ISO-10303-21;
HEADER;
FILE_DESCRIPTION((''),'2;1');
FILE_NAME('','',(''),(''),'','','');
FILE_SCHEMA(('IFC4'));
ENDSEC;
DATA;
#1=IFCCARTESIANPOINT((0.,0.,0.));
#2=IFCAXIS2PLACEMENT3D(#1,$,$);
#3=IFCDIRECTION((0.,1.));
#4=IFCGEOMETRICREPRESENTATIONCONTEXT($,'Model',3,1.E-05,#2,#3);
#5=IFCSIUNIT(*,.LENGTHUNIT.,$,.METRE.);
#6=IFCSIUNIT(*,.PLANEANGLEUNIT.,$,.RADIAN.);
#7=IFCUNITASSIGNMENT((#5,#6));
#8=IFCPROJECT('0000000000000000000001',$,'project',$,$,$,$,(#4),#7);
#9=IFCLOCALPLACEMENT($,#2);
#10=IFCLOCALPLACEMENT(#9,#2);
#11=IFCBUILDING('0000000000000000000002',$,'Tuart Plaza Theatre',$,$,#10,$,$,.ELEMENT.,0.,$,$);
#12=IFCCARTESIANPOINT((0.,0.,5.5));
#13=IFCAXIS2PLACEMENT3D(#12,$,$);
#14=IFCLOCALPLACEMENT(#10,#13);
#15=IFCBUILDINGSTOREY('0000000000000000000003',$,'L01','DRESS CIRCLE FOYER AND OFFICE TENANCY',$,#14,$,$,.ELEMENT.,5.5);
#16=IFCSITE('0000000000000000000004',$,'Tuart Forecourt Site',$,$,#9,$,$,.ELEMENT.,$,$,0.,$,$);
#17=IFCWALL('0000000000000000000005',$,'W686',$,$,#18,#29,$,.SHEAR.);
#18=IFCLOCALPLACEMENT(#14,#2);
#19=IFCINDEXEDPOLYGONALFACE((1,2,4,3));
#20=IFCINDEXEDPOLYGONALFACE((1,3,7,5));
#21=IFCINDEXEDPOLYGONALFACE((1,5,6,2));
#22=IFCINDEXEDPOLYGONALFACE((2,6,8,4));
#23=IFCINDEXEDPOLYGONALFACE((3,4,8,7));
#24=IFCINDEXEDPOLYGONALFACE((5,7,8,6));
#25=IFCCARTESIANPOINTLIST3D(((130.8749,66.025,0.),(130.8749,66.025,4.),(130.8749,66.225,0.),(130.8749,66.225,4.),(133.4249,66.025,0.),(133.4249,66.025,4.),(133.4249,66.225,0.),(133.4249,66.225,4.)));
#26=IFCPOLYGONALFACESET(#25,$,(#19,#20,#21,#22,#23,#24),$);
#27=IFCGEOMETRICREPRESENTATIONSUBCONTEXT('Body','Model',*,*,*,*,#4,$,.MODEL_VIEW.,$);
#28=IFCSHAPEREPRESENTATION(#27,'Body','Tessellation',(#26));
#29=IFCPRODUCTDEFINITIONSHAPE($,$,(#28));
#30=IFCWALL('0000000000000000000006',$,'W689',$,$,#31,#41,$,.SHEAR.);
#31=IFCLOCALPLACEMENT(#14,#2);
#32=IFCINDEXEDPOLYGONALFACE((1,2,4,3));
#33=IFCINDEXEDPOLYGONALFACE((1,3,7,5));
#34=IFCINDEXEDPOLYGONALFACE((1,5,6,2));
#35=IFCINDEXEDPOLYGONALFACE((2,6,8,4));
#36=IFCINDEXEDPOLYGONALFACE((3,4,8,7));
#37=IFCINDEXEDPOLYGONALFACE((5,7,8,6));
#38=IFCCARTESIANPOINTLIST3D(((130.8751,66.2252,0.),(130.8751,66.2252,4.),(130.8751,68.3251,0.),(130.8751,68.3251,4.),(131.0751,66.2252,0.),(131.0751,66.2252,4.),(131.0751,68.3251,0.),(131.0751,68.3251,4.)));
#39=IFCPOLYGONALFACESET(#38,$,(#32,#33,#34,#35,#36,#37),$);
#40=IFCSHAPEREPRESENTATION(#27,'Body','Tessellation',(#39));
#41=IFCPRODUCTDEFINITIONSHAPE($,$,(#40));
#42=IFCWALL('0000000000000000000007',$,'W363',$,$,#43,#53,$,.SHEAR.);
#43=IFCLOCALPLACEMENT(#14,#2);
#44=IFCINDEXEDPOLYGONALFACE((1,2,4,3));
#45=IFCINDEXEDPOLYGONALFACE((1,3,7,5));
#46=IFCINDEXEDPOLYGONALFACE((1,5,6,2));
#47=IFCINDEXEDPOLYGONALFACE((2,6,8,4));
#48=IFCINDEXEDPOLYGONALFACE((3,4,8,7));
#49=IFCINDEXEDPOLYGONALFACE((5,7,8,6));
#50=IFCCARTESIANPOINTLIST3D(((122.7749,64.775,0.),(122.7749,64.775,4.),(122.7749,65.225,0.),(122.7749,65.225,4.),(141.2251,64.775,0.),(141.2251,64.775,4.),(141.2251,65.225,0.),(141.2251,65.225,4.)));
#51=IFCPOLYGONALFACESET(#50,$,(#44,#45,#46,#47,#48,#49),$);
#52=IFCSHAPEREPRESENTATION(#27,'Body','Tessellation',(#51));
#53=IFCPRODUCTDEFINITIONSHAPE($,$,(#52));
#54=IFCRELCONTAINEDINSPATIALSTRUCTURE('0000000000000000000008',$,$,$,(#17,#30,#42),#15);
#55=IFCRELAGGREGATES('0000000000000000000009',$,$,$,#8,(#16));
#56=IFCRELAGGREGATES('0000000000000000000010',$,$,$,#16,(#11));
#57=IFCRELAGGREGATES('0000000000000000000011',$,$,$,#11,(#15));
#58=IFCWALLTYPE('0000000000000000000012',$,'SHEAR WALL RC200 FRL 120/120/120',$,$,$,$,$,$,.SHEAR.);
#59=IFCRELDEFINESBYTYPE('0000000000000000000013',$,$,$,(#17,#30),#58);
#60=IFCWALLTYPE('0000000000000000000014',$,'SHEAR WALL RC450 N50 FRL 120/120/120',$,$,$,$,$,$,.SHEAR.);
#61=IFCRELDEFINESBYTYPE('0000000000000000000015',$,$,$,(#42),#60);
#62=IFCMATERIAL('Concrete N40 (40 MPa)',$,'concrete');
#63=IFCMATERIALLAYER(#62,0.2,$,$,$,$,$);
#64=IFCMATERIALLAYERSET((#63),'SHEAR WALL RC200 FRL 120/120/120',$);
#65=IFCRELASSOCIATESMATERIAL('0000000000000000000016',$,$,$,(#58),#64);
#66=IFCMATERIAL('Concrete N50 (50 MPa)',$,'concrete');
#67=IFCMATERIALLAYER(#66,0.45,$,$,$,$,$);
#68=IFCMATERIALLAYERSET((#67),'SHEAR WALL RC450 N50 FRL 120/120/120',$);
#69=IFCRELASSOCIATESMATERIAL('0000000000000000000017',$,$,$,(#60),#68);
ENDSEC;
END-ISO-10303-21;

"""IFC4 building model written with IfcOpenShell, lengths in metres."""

from ifc_helpers import new_model, si_unit, direction, frame, frame_2d, origin, place, context, subcontext, project, spatial, rectangle, extrude, material, layer, layer_set, type_object, element, save


model = new_model("IFC4")

# Units and contexts
model_context = context("Model", 3, precision=1e-05, world=origin(), true_north=direction((0.0, 1.0)))
body_context = subcontext(model_context, "Body", "Model", "MODEL_VIEW")
ifc_project = project(units=[si_unit("LENGTHUNIT", "METRE"), si_unit("PLANEANGLEUNIT", "RADIAN")], contexts=[model_context])

# Site, building, storey
site_placement = place(None, origin())
site = spatial("IfcSite", under=ifc_project, at=site_placement, Name="Tuart Forecourt Site", CompositionType="ELEMENT", RefElevation=0.0)
building_placement = place(site_placement, origin())
building = spatial("IfcBuilding", under=site, at=building_placement, Name="Tuart Plaza Theatre", CompositionType="ELEMENT", ElevationOfRefHeight=0.0)
storey_placement = place(building_placement, frame((0.0, 0.0, 5.5)))
storey = spatial("IfcBuildingStorey", under=building, at=storey_placement, Name="L01", Description="DRESS CIRCLE FOYER AND OFFICE TENANCY", CompositionType="ELEMENT", Elevation=5.5)

# Shared definitions
ifc_material_1 = material(Name="Concrete N40 (40 MPa)", Category="concrete")
ifc_layer_1 = layer(ifc_material_1, 0.2)
ifc_layer_set_1 = layer_set([ifc_layer_1], Name="SHEAR WALL RC200 FRL 120/120/120")
wall_type_1 = type_object("IfcWallType", Name="SHEAR WALL RC200 FRL 120/120/120", PredefinedType="SHEAR", material=ifc_layer_set_1)

# Walls
wall_1_placement = place(storey_placement, frame((130.875, 66.125, 0.0), z_axis=(0.0, 0.0, 1.0), x_axis=(1.0, 0.0, 0.0)))
element("IfcWall", 1, at=wall_1_placement, inside=storey, type_object=wall_type_1, Name="W686", PredefinedType="SHEAR", context=body_context, shape_type="SweptSolid", body=[
    extrude(rectangle(XDim=2.55, YDim=0.2, at=frame_2d((1.2749, 0.0))), origin(), (0.0, 0.0, 1.0), 4.0),
])
wall_2_placement = place(storey_placement, frame((130.9751, 68.325, 0.0), z_axis=(0.0, 0.0, 1.0), x_axis=(0.0, -1.0, 0.0)))
element("IfcWall", 2, at=wall_2_placement, inside=storey, type_object=wall_type_1, Name="W689", PredefinedType="SHEAR", context=body_context, shape_type="SweptSolid", body=[
    extrude(rectangle(XDim=2.0999, YDim=0.2, at=frame_2d((1.0498, 0.0))), origin(), (0.0, 0.0, 1.0), 4.0),
])
ifc_material_2 = material(Name="Concrete N50 (50 MPa)", Category="concrete")
ifc_layer_2 = layer(ifc_material_2, 0.45)
ifc_layer_set_2 = layer_set([ifc_layer_2], Name="SHEAR WALL RC450 N50 FRL 120/120/120")
wall_type_2 = type_object("IfcWallType", Name="SHEAR WALL RC450 N50 FRL 120/120/120", PredefinedType="SHEAR", material=ifc_layer_set_2)
wall_3_placement = place(storey_placement, frame((122.7749, 65.0, 0.0), z_axis=(0.0, 0.0, 1.0), x_axis=(1.0, 0.0, 0.0)))
element("IfcWall", 3, at=wall_3_placement, inside=storey, type_object=wall_type_2, Name="W363", PredefinedType="SHEAR", context=body_context, shape_type="SweptSolid", body=[
    extrude(rectangle(XDim=18.4502, YDim=0.45, at=frame_2d((9.2251, 0.0))), origin(), (0.0, 0.0, 1.0), 4.0),
])

save(model, "model.ifc")
